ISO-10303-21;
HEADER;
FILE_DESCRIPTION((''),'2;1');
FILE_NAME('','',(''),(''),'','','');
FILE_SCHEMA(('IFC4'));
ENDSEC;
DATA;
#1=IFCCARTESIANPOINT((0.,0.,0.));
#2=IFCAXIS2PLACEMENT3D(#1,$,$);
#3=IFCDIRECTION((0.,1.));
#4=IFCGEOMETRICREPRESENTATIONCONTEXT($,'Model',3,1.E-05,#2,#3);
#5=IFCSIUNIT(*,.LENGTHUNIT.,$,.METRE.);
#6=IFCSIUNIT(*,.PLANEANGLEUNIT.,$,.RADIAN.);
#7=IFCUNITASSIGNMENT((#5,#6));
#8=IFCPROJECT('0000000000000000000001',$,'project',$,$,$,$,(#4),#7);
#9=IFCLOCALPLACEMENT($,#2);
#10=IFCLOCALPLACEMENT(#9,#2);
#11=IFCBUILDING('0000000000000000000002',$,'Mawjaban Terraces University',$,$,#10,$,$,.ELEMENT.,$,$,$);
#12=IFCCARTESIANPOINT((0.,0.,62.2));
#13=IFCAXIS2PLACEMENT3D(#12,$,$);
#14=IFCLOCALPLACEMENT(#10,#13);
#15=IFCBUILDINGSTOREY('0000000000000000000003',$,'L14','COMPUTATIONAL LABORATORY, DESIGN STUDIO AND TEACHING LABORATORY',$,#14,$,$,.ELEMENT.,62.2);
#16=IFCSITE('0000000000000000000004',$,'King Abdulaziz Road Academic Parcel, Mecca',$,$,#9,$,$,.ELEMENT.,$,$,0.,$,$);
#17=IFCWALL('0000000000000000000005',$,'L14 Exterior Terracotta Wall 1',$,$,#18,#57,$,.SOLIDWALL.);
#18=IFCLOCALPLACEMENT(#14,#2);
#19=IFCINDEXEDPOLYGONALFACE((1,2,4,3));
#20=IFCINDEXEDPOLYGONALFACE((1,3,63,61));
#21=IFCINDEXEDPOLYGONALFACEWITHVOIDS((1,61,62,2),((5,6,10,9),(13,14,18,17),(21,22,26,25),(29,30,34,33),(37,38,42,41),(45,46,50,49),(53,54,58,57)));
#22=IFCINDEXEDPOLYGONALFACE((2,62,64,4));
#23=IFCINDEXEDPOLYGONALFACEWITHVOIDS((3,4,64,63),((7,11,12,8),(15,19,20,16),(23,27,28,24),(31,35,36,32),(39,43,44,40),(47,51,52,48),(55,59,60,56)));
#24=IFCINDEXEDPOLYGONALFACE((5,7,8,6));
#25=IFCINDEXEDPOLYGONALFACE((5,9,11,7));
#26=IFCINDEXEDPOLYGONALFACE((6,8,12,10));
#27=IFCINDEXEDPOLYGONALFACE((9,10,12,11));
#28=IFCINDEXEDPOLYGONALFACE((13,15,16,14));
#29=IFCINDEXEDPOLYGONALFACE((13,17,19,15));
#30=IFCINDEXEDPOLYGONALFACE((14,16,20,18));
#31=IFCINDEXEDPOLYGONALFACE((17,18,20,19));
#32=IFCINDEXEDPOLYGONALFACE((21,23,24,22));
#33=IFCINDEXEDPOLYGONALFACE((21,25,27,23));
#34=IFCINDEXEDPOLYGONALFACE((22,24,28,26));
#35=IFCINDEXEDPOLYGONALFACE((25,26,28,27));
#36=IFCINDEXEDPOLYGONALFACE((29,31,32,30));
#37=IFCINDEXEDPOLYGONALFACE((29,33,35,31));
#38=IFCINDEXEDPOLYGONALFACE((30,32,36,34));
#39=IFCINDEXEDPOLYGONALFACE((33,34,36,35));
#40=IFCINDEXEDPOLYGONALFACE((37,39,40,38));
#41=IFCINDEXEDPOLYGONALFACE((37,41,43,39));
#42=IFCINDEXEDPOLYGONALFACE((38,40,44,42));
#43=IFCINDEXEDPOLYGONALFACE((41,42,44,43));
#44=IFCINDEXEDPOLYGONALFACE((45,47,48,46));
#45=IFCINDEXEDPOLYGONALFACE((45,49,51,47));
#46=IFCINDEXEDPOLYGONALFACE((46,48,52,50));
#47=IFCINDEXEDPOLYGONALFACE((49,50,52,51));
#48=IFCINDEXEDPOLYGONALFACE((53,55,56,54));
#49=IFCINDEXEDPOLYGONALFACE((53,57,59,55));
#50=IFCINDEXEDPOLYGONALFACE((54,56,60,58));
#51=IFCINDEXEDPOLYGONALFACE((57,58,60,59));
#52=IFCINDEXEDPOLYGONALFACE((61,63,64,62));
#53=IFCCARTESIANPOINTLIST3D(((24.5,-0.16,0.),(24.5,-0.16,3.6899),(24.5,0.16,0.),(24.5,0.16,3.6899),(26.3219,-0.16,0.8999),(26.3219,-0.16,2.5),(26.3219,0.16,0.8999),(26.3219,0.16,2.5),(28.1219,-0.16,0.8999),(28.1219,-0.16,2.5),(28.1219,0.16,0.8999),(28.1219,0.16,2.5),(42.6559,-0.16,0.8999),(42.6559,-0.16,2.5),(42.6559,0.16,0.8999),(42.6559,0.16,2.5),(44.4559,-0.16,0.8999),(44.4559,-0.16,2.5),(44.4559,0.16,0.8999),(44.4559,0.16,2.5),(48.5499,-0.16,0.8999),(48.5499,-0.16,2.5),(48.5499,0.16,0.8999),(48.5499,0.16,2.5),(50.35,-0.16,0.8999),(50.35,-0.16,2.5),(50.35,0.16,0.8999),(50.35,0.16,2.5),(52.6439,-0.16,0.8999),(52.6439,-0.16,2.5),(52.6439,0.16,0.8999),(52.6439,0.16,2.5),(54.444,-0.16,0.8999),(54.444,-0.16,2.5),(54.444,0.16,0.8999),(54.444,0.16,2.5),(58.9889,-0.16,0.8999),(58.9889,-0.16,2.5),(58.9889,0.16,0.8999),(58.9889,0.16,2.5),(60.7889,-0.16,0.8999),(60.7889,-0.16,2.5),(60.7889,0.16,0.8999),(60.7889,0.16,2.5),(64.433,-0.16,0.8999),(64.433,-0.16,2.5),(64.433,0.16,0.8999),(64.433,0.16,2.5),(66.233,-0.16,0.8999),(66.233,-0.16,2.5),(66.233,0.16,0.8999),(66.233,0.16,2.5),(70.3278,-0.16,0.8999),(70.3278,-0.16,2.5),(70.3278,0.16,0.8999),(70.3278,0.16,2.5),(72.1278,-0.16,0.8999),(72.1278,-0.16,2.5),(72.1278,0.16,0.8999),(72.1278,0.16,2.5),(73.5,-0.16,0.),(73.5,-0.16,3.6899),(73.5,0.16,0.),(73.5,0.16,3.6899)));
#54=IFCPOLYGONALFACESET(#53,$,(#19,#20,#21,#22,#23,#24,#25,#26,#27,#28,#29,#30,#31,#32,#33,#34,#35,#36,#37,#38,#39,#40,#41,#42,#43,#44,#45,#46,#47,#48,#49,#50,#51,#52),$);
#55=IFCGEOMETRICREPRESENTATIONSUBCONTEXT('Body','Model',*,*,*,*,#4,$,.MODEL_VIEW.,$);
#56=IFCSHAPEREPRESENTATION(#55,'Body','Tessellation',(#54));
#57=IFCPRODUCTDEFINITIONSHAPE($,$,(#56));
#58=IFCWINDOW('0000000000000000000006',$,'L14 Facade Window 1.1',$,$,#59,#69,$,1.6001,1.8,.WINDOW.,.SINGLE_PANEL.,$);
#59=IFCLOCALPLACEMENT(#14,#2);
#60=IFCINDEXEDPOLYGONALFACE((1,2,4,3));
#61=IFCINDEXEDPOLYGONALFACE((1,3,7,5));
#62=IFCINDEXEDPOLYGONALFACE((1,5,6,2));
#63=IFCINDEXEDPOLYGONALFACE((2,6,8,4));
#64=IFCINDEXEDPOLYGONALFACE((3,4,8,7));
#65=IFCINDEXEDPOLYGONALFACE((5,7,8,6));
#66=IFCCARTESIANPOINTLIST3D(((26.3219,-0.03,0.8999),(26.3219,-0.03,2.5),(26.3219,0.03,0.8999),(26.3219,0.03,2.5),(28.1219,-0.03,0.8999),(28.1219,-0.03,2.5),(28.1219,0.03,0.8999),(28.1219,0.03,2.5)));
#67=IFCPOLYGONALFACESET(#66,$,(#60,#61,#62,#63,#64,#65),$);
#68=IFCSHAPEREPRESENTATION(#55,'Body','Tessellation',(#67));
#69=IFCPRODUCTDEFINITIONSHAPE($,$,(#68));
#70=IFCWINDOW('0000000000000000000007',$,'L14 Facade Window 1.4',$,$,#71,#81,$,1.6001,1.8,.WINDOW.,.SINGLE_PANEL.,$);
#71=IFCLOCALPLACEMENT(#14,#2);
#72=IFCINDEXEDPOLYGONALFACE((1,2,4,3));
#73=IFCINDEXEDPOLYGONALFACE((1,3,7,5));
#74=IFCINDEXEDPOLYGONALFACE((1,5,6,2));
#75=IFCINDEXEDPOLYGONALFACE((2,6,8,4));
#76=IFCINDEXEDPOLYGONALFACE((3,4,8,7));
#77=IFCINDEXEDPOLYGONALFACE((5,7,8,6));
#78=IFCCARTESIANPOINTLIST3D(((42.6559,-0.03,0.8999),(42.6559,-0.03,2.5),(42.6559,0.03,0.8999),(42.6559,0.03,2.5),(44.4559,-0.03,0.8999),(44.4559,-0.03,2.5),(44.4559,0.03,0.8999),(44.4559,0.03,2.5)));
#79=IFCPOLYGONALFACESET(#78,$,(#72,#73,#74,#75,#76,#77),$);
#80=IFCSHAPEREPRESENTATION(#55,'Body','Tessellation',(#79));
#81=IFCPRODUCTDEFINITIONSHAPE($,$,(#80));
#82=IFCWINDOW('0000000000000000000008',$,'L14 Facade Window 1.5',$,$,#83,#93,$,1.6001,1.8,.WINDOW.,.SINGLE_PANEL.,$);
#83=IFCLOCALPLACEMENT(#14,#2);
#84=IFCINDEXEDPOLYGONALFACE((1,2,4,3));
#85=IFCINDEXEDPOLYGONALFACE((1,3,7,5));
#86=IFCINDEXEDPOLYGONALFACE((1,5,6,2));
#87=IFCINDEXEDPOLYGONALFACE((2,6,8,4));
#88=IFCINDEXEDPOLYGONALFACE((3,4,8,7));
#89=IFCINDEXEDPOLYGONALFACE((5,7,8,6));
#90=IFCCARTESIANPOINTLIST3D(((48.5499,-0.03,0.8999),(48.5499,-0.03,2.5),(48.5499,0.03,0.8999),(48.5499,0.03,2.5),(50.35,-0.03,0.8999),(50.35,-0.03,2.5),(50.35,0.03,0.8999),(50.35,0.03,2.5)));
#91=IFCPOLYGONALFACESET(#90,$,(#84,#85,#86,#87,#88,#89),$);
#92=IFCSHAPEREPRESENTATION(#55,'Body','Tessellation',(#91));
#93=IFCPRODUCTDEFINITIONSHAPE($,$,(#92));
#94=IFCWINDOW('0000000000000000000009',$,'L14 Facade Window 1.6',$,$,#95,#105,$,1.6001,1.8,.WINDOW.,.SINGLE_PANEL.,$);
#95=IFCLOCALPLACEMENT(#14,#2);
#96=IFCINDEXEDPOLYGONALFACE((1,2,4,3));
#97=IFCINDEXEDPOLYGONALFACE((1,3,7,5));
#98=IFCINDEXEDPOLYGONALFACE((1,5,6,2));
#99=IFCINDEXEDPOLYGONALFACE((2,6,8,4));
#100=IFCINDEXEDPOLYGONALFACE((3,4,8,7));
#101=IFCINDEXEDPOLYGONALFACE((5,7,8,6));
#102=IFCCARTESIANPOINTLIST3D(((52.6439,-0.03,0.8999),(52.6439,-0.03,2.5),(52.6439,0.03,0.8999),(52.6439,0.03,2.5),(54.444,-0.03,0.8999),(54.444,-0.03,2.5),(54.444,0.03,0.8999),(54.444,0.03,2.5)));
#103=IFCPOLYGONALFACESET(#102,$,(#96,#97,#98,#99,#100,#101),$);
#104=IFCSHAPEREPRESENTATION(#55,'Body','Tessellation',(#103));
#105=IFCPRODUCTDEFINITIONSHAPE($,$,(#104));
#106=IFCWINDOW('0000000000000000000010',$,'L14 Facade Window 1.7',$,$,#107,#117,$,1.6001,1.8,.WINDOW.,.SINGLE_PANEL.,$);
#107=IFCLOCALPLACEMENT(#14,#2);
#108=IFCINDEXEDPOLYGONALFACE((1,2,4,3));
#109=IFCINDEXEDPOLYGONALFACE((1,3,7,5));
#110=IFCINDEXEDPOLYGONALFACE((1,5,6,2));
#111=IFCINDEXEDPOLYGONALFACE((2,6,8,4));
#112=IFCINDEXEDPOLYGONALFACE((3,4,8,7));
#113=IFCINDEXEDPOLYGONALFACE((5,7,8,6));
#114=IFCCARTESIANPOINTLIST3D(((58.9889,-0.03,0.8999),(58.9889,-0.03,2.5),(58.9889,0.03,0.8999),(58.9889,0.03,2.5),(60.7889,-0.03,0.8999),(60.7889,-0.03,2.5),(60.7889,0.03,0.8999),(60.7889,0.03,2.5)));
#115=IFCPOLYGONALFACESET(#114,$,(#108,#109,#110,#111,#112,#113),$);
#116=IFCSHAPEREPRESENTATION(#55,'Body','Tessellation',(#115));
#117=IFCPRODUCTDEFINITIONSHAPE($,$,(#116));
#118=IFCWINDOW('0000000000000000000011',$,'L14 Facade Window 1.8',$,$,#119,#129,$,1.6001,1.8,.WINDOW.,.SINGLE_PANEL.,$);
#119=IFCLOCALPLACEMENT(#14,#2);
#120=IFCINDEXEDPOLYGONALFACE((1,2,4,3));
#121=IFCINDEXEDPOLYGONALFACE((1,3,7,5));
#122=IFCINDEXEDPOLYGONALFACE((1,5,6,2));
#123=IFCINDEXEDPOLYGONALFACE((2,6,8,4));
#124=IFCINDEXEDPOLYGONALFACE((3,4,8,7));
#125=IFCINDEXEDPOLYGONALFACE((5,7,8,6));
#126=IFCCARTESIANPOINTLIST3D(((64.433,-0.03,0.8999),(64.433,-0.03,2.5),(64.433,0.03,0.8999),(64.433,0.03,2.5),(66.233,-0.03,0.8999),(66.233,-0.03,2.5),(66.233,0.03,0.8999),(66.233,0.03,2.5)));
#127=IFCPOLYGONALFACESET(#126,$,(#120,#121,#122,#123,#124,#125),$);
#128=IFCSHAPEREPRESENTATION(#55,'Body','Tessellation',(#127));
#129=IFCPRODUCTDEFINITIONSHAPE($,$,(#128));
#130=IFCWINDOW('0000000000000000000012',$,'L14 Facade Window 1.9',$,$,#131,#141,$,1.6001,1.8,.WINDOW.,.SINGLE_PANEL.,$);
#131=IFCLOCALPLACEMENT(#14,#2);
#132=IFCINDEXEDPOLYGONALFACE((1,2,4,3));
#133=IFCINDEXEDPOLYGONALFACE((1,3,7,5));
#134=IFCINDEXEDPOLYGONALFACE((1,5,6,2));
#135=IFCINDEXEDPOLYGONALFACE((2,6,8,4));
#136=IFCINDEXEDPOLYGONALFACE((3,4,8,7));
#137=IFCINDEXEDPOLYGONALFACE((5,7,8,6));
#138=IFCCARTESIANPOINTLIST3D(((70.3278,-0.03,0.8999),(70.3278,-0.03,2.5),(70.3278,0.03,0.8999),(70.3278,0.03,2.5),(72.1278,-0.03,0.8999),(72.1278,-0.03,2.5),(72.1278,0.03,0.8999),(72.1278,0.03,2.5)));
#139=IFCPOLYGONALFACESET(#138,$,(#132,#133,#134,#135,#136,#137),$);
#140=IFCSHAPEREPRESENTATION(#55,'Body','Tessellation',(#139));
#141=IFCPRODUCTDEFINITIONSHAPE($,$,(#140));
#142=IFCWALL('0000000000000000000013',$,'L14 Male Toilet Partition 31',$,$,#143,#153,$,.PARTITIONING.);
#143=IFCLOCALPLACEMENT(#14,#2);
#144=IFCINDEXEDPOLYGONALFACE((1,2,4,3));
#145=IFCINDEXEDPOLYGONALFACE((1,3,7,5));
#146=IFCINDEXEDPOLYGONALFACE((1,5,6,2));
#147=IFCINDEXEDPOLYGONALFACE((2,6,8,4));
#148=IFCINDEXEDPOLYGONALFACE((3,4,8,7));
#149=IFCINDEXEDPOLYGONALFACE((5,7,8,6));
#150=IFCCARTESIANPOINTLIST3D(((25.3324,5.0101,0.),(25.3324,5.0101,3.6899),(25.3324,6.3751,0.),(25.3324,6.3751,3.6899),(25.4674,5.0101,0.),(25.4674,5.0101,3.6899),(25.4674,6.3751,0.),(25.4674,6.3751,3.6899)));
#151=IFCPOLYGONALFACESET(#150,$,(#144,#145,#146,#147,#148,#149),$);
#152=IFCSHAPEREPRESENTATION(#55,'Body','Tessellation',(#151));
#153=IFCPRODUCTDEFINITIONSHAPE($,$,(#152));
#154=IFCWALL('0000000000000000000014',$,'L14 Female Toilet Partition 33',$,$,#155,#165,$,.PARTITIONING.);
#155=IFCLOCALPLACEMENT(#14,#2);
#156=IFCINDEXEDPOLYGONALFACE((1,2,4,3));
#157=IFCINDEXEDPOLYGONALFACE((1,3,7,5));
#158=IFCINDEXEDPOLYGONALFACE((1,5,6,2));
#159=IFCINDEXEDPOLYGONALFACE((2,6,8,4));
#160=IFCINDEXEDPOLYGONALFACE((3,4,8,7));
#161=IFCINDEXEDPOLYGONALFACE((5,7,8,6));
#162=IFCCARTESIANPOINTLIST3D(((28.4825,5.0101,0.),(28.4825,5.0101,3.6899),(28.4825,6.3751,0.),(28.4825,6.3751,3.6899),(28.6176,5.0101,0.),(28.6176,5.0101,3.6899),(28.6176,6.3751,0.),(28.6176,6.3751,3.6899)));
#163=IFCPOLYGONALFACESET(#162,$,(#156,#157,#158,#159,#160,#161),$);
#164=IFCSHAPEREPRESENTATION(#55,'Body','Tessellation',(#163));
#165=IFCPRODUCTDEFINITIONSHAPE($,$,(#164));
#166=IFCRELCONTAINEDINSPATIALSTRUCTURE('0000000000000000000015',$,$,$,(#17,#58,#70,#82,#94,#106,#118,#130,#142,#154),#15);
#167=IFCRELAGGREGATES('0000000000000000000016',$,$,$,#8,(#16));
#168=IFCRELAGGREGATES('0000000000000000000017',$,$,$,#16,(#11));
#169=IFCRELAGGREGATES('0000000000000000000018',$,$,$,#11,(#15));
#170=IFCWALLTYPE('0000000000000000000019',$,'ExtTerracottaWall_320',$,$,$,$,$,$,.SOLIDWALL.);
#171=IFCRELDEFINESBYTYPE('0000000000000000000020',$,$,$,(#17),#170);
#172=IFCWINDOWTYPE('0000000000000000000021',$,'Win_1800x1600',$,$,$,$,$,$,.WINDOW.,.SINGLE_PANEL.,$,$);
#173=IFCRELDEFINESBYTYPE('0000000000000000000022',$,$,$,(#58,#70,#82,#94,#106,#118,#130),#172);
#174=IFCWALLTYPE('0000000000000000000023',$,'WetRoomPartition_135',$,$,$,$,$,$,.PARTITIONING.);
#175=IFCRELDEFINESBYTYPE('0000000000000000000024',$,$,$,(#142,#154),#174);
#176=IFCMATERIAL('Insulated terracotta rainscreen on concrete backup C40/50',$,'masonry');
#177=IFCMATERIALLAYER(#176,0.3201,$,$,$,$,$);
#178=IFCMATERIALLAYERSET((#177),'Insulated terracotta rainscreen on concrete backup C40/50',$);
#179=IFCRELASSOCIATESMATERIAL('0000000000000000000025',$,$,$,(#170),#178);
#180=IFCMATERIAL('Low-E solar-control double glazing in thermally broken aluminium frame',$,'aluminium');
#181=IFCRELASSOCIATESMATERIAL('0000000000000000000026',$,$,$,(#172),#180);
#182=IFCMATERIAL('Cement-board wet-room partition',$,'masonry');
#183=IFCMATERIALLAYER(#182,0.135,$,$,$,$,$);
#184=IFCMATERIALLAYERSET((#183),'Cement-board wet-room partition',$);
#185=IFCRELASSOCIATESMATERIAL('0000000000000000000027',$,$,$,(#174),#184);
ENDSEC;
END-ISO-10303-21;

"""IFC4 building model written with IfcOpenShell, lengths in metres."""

from ifc_helpers import new_model, si_unit, direction, frame, frame_2d, origin, place, context, subcontext, project, spatial, rectangle, extrude, material, layer, layer_set, type_object, element, fill, save


model = new_model("IFC4")

# Units and contexts
model_context = context("Model", 3, precision=1e-05, world=origin(), true_north=direction((0.0, 1.0)))
body_context = subcontext(model_context, "Body", "Model", "MODEL_VIEW")
ifc_project = project(units=[si_unit("LENGTHUNIT", "METRE"), si_unit("PLANEANGLEUNIT", "RADIAN")], contexts=[model_context])

# Site, building, storey
site_placement = place(None, origin())
site = spatial("IfcSite", under=ifc_project, at=site_placement, Name="King Abdulaziz Road Academic Parcel, Mecca", CompositionType="ELEMENT", RefElevation=0.0)
building_placement = place(site_placement, origin())
building = spatial("IfcBuilding", under=site, at=building_placement, Name="Mawjaban Terraces University", CompositionType="ELEMENT")
storey_placement = place(building_placement, frame((0.0, 0.0, 62.2)))
storey = spatial("IfcBuildingStorey", under=building, at=storey_placement, Name="L14", Description="COMPUTATIONAL LABORATORY, DESIGN STUDIO AND TEACHING LABORATORY", CompositionType="ELEMENT", Elevation=62.2)

# Wall, openings, windows
ifc_material_1 = material(Name="Insulated terracotta rainscreen on concrete backup C40/50", Category="masonry")
ifc_layer_1 = layer(ifc_material_1, 0.3201)
ifc_layer_set_1 = layer_set([ifc_layer_1], Name="Insulated terracotta rainscreen on concrete backup C40/50")
wall_type_1 = type_object("IfcWallType", Name="ExtTerracottaWall_320", PredefinedType="SOLIDWALL", material=ifc_layer_set_1)
wall_1_placement = place(storey_placement, frame((24.5, 0.0, 0.0), z_axis=(0.0, 0.0, 1.0), x_axis=(1.0, 0.0, 0.0)))
wall_1 = element("IfcWall", 1, at=wall_1_placement, inside=storey, type_object=wall_type_1, Name="L14 Exterior Terracotta Wall 1", PredefinedType="SOLIDWALL", context=body_context, shape_type="SweptSolid", body=[
    extrude(rectangle(XDim=49.0, YDim=0.3201, at=frame_2d((24.5, 0.0))), origin(), (0.0, 0.0, 1.0), 3.6899),
])
opening_1_placement = place(wall_1_placement, frame((1.822, 0.0, 0.8999)))
opening_1 = element("IfcOpeningElement", 2, at=opening_1_placement, cuts=wall_1, PredefinedType="OPENING", context=body_context, shape_type="SweptSolid", body=[
    extrude(rectangle(XDim=1.8, YDim=1.6001, at=frame_2d((0.8999, 0.8))), frame((0.0, 0.1699, 0.0), z_axis=(0.0, -1.0, 0.0), x_axis=(1.0, 0.0, 0.0)), (0.0, 0.0, 1.0), 0.3401),
])
opening_2_placement = place(wall_1_placement, frame((18.156, 0.0, 0.8999)))
opening_2 = element("IfcOpeningElement", 3, at=opening_2_placement, cuts=wall_1, PredefinedType="OPENING", context=body_context, shape_type="SweptSolid", body=[
    extrude(rectangle(XDim=1.8, YDim=1.6001, at=frame_2d((0.8999, 0.8))), frame((0.0, 0.1699, 0.0), z_axis=(0.0, -1.0, 0.0), x_axis=(1.0, 0.0, 0.0)), (0.0, 0.0, 1.0), 0.3401),
])
opening_3_placement = place(wall_1_placement, frame((24.05, 0.0, 0.8999)))
opening_3 = element("IfcOpeningElement", 4, at=opening_3_placement, cuts=wall_1, PredefinedType="OPENING", context=body_context, shape_type="SweptSolid", body=[
    extrude(rectangle(XDim=1.8, YDim=1.6001, at=frame_2d((0.8999, 0.8))), frame((0.0, 0.1699, 0.0), z_axis=(0.0, -1.0, 0.0), x_axis=(1.0, 0.0, 0.0)), (0.0, 0.0, 1.0), 0.3401),
])
opening_4_placement = place(wall_1_placement, frame((28.144, 0.0, 0.8999)))
opening_4 = element("IfcOpeningElement", 5, at=opening_4_placement, cuts=wall_1, PredefinedType="OPENING", context=body_context, shape_type="SweptSolid", body=[
    extrude(rectangle(XDim=1.8, YDim=1.6001, at=frame_2d((0.8999, 0.8))), frame((0.0, 0.1699, 0.0), z_axis=(0.0, -1.0, 0.0), x_axis=(1.0, 0.0, 0.0)), (0.0, 0.0, 1.0), 0.3401),
])
opening_5_placement = place(wall_1_placement, frame((34.489, 0.0, 0.8999)))
opening_5 = element("IfcOpeningElement", 6, at=opening_5_placement, cuts=wall_1, PredefinedType="OPENING", context=body_context, shape_type="SweptSolid", body=[
    extrude(rectangle(XDim=1.8, YDim=1.6001, at=frame_2d((0.8999, 0.8))), frame((0.0, 0.1699, 0.0), z_axis=(0.0, -1.0, 0.0), x_axis=(1.0, 0.0, 0.0)), (0.0, 0.0, 1.0), 0.3401),
])
opening_6_placement = place(wall_1_placement, frame((39.9331, 0.0, 0.8999)))
opening_6 = element("IfcOpeningElement", 7, at=opening_6_placement, cuts=wall_1, PredefinedType="OPENING", context=body_context, shape_type="SweptSolid", body=[
    extrude(rectangle(XDim=1.8, YDim=1.6001, at=frame_2d((0.8999, 0.8))), frame((0.0, 0.1699, 0.0), z_axis=(0.0, -1.0, 0.0), x_axis=(1.0, 0.0, 0.0)), (0.0, 0.0, 1.0), 0.3401),
])
opening_7_placement = place(wall_1_placement, frame((45.8279, 0.0, 0.8999)))
opening_7 = element("IfcOpeningElement", 8, at=opening_7_placement, cuts=wall_1, PredefinedType="OPENING", context=body_context, shape_type="SweptSolid", body=[
    extrude(rectangle(XDim=1.8, YDim=1.6001, at=frame_2d((0.8999, 0.8))), frame((0.0, 0.1699, 0.0), z_axis=(0.0, -1.0, 0.0), x_axis=(1.0, 0.0, 0.0)), (0.0, 0.0, 1.0), 0.3401),
])
ifc_material_2 = material(Name="Low-E solar-control double glazing in thermally broken aluminium frame", Category="aluminium")
window_type = type_object("IfcWindowType", Name="Win_1800x1600", PartitioningType="SINGLE_PANEL", PredefinedType="WINDOW", material=ifc_material_2)
window_1_placement = place(opening_1_placement, origin())
window_1 = element("IfcWindow", 9, at=window_1_placement, inside=storey, type_object=window_type, Name="L14 Facade Window 1.1", OverallHeight=1.6001, OverallWidth=1.8, PartitioningType="SINGLE_PANEL", PredefinedType="WINDOW", context=body_context, shape_type="SweptSolid", body=[
    extrude(rectangle(XDim=1.8, YDim=1.6001, at=frame_2d((0.8999, 0.8))), frame((0.0, 0.03, 0.0), z_axis=(0.0, -1.0, 0.0), x_axis=(1.0, 0.0, 0.0)), (0.0, 0.0, 1.0), 0.0601),
])
fill(opening_1, window_1)
window_2_placement = place(opening_2_placement, origin())
window_2 = element("IfcWindow", 10, at=window_2_placement, inside=storey, type_object=window_type, Name="L14 Facade Window 1.4", OverallHeight=1.6001, OverallWidth=1.8, PartitioningType="SINGLE_PANEL", PredefinedType="WINDOW", context=body_context, shape_type="SweptSolid", body=[
    extrude(rectangle(XDim=1.8, YDim=1.6001, at=frame_2d((0.8999, 0.8))), frame((0.0, 0.03, 0.0), z_axis=(0.0, -1.0, 0.0), x_axis=(1.0, 0.0, 0.0)), (0.0, 0.0, 1.0), 0.0601),
])
fill(opening_2, window_2)
window_3_placement = place(opening_3_placement, origin())
window_3 = element("IfcWindow", 11, at=window_3_placement, inside=storey, type_object=window_type, Name="L14 Facade Window 1.5", OverallHeight=1.6001, OverallWidth=1.8, PartitioningType="SINGLE_PANEL", PredefinedType="WINDOW", context=body_context, shape_type="SweptSolid", body=[
    extrude(rectangle(XDim=1.8, YDim=1.6001, at=frame_2d((0.8999, 0.8))), frame((0.0, 0.03, 0.0), z_axis=(0.0, -1.0, 0.0), x_axis=(1.0, 0.0, 0.0)), (0.0, 0.0, 1.0), 0.0601),
])
fill(opening_3, window_3)
window_4_placement = place(opening_4_placement, origin())
window_4 = element("IfcWindow", 12, at=window_4_placement, inside=storey, type_object=window_type, Name="L14 Facade Window 1.6", OverallHeight=1.6001, OverallWidth=1.8, PartitioningType="SINGLE_PANEL", PredefinedType="WINDOW", context=body_context, shape_type="SweptSolid", body=[
    extrude(rectangle(XDim=1.8, YDim=1.6001, at=frame_2d((0.8999, 0.8))), frame((0.0, 0.03, 0.0), z_axis=(0.0, -1.0, 0.0), x_axis=(1.0, 0.0, 0.0)), (0.0, 0.0, 1.0), 0.0601),
])
fill(opening_4, window_4)
window_5_placement = place(opening_5_placement, origin())
window_5 = element("IfcWindow", 13, at=window_5_placement, inside=storey, type_object=window_type, Name="L14 Facade Window 1.7", OverallHeight=1.6001, OverallWidth=1.8, PartitioningType="SINGLE_PANEL", PredefinedType="WINDOW", context=body_context, shape_type="SweptSolid", body=[
    extrude(rectangle(XDim=1.8, YDim=1.6001, at=frame_2d((0.8999, 0.8))), frame((0.0, 0.03, 0.0), z_axis=(0.0, -1.0, 0.0), x_axis=(1.0, 0.0, 0.0)), (0.0, 0.0, 1.0), 0.0601),
])
fill(opening_5, window_5)
window_6_placement = place(opening_6_placement, origin())
window_6 = element("IfcWindow", 14, at=window_6_placement, inside=storey, type_object=window_type, Name="L14 Facade Window 1.8", OverallHeight=1.6001, OverallWidth=1.8, PartitioningType="SINGLE_PANEL", PredefinedType="WINDOW", context=body_context, shape_type="SweptSolid", body=[
    extrude(rectangle(XDim=1.8, YDim=1.6001, at=frame_2d((0.8999, 0.8))), frame((0.0, 0.03, 0.0), z_axis=(0.0, -1.0, 0.0), x_axis=(1.0, 0.0, 0.0)), (0.0, 0.0, 1.0), 0.0601),
])
fill(opening_6, window_6)
window_7_placement = place(opening_7_placement, origin())
window_7 = element("IfcWindow", 15, at=window_7_placement, inside=storey, type_object=window_type, Name="L14 Facade Window 1.9", OverallHeight=1.6001, OverallWidth=1.8, PartitioningType="SINGLE_PANEL", PredefinedType="WINDOW", context=body_context, shape_type="SweptSolid", body=[
    extrude(rectangle(XDim=1.8, YDim=1.6001, at=frame_2d((0.8999, 0.8))), frame((0.0, 0.03, 0.0), z_axis=(0.0, -1.0, 0.0), x_axis=(1.0, 0.0, 0.0)), (0.0, 0.0, 1.0), 0.0601),
])
fill(opening_7, window_7)

# Walls
ifc_material_3 = material(Name="Cement-board wet-room partition", Category="masonry")
ifc_layer_2 = layer(ifc_material_3, 0.135)
ifc_layer_set_2 = layer_set([ifc_layer_2], Name="Cement-board wet-room partition")
wall_type_2 = type_object("IfcWallType", Name="WetRoomPartition_135", PredefinedType="PARTITIONING", material=ifc_layer_set_2)
for number, where, z_axis, x_axis, name in (
    (16, (25.3999, 5.01, 0.0), (0.0, 0.0, 1.0), (0.0, 1.0, 0.0), "L14 Male Toilet Partition 31"),
    (17, (28.55, 5.01, 0.0), (0.0, 0.0, 1.0), (0.0, 1.0, 0.0), "L14 Female Toilet Partition 33"),
):
    element("IfcWall", number, at=place(storey_placement, frame(where, z_axis=z_axis, x_axis=x_axis)), inside=storey, type_object=wall_type_2, Name=name, PredefinedType="PARTITIONING", context=body_context, shape_type="SweptSolid", body=[
        extrude(rectangle(XDim=1.365, YDim=0.135, at=frame_2d((0.6826, 0.0))), origin(), (0.0, 0.0, 1.0), 3.6899),
    ])

save(model, "model.ifc")
